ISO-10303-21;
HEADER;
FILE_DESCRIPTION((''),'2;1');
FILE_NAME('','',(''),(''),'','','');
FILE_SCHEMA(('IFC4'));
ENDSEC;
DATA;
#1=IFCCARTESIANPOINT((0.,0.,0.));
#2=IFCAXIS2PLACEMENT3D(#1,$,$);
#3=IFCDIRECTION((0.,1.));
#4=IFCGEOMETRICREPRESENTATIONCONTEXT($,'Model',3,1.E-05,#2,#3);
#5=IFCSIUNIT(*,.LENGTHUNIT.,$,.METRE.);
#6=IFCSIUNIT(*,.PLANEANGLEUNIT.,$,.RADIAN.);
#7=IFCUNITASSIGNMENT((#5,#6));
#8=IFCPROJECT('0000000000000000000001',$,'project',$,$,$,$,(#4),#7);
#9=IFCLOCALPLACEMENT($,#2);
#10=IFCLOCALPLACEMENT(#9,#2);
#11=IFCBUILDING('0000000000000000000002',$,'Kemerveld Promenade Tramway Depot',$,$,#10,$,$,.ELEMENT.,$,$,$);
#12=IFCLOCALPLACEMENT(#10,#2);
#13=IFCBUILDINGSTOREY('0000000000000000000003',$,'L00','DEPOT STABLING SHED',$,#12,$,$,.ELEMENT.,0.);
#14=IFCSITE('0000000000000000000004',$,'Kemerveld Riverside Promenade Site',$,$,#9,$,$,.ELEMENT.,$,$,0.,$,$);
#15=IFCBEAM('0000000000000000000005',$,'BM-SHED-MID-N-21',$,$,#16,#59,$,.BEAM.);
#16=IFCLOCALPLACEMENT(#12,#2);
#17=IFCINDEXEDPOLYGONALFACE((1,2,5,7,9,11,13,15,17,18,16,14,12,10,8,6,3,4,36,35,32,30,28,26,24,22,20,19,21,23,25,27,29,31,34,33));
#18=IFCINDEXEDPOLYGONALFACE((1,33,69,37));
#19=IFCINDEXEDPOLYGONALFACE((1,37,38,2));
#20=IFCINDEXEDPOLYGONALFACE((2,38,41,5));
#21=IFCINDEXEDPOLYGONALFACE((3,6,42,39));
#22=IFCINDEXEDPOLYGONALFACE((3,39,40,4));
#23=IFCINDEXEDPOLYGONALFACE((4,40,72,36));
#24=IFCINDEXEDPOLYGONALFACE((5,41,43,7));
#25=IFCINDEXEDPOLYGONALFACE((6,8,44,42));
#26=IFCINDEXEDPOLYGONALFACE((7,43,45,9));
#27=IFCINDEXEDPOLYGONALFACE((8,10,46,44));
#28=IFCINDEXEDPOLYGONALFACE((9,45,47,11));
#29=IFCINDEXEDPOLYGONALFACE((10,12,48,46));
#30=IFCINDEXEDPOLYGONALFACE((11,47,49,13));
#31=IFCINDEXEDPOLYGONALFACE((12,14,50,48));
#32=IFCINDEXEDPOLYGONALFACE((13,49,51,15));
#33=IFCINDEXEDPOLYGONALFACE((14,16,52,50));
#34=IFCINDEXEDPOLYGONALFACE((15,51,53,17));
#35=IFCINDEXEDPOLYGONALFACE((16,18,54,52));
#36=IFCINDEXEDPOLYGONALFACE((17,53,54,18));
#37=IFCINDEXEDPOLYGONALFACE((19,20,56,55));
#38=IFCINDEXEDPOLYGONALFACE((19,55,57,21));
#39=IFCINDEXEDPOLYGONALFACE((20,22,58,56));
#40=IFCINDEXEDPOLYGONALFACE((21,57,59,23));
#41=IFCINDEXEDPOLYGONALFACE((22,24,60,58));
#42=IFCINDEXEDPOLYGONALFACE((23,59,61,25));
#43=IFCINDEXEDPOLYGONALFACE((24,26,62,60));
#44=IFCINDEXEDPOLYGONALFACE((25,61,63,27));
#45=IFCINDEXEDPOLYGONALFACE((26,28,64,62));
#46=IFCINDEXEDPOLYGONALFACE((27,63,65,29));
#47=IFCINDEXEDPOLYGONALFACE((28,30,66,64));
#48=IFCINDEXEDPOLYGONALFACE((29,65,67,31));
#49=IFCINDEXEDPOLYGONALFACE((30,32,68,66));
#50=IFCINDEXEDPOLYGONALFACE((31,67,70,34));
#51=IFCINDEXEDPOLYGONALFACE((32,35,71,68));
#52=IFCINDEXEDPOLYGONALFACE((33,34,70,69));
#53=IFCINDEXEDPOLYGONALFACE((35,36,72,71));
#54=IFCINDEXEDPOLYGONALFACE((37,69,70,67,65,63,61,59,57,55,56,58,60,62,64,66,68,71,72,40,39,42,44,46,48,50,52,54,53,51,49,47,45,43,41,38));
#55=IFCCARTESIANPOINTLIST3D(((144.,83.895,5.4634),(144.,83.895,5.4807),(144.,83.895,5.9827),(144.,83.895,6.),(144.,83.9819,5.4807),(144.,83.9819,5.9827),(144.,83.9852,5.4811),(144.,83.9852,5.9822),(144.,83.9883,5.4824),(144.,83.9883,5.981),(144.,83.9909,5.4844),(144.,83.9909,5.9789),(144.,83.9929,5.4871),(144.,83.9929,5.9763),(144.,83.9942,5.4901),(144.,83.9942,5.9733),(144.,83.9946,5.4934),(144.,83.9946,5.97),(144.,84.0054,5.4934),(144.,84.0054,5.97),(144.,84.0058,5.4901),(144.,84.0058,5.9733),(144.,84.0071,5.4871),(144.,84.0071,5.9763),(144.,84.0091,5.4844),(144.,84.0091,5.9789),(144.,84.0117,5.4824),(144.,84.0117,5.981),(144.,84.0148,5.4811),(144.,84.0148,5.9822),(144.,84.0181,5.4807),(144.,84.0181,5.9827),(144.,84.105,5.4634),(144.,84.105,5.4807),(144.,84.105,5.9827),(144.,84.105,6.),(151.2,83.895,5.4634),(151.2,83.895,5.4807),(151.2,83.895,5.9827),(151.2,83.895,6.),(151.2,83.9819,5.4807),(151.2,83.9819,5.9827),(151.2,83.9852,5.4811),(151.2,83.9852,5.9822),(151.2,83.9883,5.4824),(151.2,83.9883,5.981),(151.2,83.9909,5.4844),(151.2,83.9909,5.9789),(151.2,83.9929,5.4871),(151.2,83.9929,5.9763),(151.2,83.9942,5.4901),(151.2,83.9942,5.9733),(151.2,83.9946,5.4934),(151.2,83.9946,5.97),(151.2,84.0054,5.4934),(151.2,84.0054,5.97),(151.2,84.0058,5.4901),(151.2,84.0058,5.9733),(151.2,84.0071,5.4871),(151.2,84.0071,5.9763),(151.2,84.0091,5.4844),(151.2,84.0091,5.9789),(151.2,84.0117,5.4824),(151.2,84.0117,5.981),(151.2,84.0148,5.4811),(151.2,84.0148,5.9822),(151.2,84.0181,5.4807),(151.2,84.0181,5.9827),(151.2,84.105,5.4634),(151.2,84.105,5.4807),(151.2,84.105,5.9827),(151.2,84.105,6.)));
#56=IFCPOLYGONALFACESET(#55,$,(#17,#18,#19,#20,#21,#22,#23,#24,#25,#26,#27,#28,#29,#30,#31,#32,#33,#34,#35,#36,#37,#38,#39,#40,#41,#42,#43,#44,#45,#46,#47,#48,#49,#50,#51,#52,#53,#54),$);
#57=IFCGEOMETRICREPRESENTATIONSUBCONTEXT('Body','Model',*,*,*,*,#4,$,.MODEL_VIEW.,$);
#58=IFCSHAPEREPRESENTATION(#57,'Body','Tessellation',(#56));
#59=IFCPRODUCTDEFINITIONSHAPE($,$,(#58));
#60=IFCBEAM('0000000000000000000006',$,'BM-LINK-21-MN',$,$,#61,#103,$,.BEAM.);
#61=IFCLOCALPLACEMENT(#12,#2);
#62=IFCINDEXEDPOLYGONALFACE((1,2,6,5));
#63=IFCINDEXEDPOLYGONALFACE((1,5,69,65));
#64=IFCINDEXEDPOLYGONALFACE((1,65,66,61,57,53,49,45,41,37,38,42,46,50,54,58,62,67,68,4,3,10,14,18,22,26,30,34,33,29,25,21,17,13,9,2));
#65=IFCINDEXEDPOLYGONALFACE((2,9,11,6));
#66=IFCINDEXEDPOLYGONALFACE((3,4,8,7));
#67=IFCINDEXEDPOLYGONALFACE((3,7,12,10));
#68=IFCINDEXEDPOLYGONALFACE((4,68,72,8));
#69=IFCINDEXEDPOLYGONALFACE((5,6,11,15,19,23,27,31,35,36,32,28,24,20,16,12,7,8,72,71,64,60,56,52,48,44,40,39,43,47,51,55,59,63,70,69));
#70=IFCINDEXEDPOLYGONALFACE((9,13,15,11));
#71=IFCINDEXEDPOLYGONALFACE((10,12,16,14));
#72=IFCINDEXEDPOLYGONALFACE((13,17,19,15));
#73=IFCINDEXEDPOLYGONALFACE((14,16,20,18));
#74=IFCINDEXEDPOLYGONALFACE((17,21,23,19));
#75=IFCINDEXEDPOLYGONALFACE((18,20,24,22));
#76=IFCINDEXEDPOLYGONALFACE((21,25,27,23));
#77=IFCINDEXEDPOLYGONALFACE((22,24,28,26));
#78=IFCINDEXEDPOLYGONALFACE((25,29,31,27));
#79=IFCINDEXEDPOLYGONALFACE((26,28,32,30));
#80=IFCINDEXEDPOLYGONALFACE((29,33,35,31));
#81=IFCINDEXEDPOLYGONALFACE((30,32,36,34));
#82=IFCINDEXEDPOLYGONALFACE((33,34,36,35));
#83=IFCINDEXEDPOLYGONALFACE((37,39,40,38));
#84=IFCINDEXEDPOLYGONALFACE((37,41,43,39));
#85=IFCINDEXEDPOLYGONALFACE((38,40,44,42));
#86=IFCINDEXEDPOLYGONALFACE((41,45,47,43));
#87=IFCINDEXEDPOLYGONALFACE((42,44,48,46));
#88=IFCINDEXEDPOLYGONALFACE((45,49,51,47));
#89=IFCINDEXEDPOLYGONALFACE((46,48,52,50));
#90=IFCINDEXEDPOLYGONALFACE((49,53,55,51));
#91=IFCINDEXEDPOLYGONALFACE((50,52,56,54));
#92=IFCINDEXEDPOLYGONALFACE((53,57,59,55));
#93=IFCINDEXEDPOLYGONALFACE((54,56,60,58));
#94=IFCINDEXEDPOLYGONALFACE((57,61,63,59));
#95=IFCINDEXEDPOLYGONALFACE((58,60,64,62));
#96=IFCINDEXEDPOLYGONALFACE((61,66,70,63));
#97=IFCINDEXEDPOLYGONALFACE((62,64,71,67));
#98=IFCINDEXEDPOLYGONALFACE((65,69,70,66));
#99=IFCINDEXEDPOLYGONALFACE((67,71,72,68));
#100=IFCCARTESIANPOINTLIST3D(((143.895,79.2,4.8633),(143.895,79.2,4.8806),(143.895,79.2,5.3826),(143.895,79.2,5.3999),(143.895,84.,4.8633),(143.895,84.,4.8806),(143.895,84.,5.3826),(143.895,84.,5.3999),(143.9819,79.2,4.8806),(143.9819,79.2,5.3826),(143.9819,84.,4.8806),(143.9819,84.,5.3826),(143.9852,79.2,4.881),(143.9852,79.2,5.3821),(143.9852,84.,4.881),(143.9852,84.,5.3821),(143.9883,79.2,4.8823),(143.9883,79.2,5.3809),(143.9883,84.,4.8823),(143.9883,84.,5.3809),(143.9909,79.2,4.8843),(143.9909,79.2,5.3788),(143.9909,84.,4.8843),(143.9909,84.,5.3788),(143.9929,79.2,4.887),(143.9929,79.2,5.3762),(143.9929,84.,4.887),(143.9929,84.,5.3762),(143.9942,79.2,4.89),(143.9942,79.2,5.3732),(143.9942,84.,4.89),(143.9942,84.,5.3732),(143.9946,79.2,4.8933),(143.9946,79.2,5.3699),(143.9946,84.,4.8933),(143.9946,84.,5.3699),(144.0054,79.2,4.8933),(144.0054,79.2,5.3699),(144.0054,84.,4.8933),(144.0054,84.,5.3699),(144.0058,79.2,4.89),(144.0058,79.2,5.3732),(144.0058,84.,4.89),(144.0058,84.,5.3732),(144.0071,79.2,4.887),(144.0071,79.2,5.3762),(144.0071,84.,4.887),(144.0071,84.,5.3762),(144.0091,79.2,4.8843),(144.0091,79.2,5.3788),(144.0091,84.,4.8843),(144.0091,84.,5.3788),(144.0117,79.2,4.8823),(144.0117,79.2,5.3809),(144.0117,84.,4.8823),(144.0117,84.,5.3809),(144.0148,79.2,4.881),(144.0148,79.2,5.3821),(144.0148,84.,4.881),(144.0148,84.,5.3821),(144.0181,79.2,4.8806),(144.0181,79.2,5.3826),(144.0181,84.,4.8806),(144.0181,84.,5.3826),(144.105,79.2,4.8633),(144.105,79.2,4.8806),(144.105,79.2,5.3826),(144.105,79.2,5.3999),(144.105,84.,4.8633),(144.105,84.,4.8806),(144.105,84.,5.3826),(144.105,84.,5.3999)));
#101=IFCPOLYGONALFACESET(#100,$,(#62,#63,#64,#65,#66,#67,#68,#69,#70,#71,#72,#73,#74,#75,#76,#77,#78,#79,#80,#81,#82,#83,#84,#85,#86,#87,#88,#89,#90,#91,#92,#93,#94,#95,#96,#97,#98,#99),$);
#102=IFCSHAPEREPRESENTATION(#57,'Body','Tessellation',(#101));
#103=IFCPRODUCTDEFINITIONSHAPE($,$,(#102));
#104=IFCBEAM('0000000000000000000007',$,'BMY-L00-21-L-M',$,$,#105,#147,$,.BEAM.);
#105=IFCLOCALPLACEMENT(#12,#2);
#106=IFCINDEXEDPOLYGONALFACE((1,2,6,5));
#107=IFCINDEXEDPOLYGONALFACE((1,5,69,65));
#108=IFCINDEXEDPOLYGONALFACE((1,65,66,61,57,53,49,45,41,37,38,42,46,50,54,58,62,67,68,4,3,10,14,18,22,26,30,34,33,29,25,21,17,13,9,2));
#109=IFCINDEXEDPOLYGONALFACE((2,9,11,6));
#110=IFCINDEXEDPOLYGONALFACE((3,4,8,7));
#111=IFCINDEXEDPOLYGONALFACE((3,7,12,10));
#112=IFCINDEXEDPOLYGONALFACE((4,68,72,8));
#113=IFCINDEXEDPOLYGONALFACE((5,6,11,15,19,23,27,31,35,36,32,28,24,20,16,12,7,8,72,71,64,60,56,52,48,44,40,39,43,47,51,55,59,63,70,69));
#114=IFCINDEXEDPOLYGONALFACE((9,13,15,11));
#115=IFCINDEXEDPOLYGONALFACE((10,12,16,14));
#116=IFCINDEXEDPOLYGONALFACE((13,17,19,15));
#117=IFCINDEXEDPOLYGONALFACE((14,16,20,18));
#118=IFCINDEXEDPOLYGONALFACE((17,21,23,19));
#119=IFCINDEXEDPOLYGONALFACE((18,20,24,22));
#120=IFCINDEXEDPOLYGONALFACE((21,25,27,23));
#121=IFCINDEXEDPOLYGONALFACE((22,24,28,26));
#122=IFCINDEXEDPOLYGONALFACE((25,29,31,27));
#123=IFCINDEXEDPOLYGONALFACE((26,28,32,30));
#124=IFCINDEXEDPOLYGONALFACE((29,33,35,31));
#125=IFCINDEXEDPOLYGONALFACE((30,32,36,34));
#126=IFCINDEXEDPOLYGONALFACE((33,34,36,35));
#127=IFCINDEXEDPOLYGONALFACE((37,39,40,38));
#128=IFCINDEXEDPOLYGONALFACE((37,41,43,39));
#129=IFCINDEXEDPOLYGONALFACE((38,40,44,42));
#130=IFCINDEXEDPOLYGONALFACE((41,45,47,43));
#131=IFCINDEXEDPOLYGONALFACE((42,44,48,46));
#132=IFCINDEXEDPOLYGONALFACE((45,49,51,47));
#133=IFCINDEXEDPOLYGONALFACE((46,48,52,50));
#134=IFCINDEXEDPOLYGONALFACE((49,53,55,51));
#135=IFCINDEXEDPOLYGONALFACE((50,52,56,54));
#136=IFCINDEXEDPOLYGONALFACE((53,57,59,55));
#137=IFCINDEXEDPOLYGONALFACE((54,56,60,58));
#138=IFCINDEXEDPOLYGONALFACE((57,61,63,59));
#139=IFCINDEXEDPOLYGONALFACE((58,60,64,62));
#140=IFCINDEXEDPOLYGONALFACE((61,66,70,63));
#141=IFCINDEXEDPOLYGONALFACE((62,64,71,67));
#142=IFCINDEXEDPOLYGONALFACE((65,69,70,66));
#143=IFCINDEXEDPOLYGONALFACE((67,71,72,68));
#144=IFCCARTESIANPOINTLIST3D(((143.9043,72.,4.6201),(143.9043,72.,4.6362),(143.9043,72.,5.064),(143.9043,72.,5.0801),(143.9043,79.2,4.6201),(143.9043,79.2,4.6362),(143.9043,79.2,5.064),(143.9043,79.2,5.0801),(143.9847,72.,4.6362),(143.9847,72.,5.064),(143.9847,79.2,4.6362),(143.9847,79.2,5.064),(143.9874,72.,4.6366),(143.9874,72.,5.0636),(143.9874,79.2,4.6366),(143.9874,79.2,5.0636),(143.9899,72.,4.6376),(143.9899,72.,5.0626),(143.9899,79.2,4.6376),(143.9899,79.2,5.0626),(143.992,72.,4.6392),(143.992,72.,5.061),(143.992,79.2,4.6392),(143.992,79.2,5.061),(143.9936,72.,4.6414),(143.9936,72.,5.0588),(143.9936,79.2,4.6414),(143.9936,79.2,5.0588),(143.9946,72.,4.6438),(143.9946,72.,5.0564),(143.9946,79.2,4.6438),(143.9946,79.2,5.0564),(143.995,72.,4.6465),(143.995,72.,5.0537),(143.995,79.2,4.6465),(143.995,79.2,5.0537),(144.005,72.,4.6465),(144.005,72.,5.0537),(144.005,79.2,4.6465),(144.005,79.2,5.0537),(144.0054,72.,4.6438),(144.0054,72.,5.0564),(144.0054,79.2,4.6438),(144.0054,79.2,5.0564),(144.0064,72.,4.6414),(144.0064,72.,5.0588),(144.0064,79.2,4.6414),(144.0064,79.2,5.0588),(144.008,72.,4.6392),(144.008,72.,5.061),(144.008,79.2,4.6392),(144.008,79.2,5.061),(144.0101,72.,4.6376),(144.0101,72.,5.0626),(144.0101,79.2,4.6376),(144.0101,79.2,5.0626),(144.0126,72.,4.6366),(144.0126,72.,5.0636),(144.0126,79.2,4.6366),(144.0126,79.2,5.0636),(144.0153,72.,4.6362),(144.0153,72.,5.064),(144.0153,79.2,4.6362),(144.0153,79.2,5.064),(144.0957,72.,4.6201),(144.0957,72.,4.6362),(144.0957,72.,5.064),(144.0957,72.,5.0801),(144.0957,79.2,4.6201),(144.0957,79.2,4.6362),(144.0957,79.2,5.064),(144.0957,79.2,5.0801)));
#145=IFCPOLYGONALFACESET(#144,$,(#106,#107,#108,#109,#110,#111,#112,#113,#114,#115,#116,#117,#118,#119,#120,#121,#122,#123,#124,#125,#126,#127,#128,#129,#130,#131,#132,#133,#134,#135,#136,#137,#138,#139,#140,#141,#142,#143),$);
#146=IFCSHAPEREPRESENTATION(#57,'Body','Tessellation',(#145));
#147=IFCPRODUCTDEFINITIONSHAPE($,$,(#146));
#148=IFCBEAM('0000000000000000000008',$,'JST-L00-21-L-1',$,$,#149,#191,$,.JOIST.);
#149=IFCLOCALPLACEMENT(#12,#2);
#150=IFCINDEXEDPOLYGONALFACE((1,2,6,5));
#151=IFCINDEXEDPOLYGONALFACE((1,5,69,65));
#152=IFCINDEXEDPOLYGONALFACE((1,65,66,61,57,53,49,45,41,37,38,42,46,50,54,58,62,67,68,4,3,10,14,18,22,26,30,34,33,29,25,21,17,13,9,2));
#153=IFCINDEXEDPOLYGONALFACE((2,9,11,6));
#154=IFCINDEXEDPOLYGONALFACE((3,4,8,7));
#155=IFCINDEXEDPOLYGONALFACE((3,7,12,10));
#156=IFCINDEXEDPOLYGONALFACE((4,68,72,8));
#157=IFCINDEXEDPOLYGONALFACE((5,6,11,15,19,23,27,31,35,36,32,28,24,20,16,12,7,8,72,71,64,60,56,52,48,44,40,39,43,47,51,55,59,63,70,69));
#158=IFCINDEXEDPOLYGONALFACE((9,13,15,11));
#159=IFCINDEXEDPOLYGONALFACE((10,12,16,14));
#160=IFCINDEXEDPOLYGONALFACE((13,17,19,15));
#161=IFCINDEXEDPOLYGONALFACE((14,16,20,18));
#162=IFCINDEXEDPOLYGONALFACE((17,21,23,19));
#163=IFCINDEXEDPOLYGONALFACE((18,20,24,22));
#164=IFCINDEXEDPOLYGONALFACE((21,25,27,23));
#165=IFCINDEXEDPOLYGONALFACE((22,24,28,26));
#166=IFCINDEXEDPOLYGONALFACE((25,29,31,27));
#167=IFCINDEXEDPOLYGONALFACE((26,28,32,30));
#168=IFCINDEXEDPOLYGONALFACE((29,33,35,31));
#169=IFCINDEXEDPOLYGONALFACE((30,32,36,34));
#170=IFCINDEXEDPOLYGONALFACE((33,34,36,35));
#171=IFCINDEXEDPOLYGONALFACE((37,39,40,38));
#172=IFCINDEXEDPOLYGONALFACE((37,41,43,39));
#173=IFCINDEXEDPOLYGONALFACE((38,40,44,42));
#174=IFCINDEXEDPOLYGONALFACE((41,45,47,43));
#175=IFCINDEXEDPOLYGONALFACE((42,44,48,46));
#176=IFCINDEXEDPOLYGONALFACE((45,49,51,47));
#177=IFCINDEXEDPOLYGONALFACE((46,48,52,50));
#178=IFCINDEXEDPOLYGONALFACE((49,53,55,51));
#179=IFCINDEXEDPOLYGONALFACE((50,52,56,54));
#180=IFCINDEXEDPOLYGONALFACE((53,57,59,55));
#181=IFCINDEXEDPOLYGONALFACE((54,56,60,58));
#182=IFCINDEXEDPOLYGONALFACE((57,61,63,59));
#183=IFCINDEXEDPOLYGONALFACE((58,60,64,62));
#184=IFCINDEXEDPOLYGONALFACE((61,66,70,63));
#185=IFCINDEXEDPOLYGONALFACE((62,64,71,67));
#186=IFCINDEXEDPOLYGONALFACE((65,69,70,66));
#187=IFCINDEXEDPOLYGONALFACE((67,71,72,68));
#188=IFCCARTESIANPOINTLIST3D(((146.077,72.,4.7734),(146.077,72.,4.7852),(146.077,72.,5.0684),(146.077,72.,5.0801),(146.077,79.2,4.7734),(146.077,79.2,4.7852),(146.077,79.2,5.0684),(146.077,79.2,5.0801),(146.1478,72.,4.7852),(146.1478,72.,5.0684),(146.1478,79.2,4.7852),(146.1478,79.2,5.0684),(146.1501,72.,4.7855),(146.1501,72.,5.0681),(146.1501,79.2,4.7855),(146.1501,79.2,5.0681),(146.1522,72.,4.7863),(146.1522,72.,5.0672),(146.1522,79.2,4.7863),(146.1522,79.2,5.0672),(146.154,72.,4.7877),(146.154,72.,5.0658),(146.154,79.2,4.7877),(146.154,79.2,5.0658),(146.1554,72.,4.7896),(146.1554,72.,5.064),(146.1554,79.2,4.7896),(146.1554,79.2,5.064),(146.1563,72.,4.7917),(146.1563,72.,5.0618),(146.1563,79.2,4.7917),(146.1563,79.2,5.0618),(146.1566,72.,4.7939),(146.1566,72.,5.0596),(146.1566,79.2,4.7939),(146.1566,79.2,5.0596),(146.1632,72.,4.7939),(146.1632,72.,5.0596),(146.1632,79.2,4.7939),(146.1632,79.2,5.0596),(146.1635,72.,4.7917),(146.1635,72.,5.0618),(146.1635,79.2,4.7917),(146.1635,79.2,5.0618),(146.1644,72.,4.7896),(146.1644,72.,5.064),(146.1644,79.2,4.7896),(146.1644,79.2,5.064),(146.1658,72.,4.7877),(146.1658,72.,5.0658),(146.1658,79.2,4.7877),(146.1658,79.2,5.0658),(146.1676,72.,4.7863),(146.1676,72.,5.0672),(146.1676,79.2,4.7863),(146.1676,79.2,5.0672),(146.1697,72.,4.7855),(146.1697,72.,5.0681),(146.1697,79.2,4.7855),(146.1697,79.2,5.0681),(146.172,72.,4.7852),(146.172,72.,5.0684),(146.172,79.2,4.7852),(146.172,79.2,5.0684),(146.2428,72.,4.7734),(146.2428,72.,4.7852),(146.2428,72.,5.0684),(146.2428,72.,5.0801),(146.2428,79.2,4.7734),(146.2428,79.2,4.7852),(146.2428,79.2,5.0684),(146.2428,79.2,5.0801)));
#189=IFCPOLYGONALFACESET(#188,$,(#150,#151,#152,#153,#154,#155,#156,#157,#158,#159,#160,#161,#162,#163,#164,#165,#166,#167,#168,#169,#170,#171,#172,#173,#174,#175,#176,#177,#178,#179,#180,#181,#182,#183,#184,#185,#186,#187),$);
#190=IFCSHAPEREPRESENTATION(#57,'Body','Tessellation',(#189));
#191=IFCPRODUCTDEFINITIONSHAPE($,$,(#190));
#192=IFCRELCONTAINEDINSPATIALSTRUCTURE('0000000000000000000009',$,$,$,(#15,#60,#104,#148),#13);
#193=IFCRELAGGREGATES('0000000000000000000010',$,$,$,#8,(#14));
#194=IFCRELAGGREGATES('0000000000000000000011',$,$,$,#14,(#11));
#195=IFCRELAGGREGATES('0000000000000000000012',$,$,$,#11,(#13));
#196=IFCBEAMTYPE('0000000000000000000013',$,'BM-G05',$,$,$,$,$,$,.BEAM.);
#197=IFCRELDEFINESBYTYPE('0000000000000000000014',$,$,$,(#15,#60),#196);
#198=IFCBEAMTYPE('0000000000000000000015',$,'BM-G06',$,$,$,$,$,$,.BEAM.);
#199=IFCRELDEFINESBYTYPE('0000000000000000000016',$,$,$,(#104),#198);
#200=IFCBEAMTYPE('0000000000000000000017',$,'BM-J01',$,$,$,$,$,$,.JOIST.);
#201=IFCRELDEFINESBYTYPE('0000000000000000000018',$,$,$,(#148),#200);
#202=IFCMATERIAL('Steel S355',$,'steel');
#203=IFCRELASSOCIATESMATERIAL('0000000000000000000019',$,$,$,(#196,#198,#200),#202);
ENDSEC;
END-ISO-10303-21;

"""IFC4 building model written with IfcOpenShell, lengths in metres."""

from ifc_helpers import new_model, si_unit, direction, frame, origin, origin_2d, place, context, subcontext, project, spatial, i_section, extrude, material, material_profile, profile_set, type_object, element, save


model = new_model("IFC4")

# Units and contexts
model_context = context("Model", 3, precision=1e-05, world=origin(), true_north=direction((0.0, 1.0)))
body_context = subcontext(model_context, "Body", "Model", "MODEL_VIEW")
ifc_project = project(units=[si_unit("LENGTHUNIT", "METRE"), si_unit("PLANEANGLEUNIT", "RADIAN")], contexts=[model_context])

# Site, building, storey
site_placement = place(None, origin())
site = spatial("IfcSite", under=ifc_project, at=site_placement, Name="Kemerveld Riverside Promenade Site", CompositionType="ELEMENT", RefElevation=0.0)
building_placement = place(site_placement, origin())
building = spatial("IfcBuilding", under=site, at=building_placement, Name="Kemerveld Promenade Tramway Depot", CompositionType="ELEMENT")
storey_placement = place(building_placement, origin())
storey = spatial("IfcBuildingStorey", under=building, at=storey_placement, Name="L00", Description="DEPOT STABLING SHED", CompositionType="ELEMENT", Elevation=0.0)

# Shared definitions
ifc_material_1 = material(Name="Steel S355", Category="steel")

# Beams
ifc_material_profile_1 = material_profile(ifc_material_1, i_section(OverallWidth=0.21, OverallDepth=0.5366, WebThickness=0.0107, FlangeThickness=0.0173, FilletRadius=0.0127, at=origin_2d()), Name="533x210x101 UB")
ifc_profile_set_1 = profile_set([ifc_material_profile_1], Name="Steel S355")
beam_type_1 = type_object("IfcBeamType", Name="BM-G05", PredefinedType="BEAM", material=ifc_profile_set_1)
for number, where, z_axis, x_axis, name in (
    (1, (144.0, 84.0, 5.7317), (1.0, 0.0, 0.0), (0.0, 1.0, 0.0), "BM-SHED-MID-N-21"),
):
    element("IfcBeam", number, at=place(storey_placement, frame(where, z_axis=z_axis, x_axis=x_axis)), inside=storey, type_object=beam_type_1, Name=name, PredefinedType="BEAM", context=body_context, shape_type="SweptSolid", body=[
        extrude(i_section(OverallWidth=0.21, OverallDepth=0.5366, WebThickness=0.0107, FlangeThickness=0.0173, FilletRadius=0.0127, at=origin_2d()), origin(), (0.0, 0.0, 1.0), 7.2),
    ])
beam_1_placement = place(storey_placement, frame((144.0, 79.2, 5.1316), z_axis=(0.0, 1.0, 0.0), x_axis=(-1.0, 0.0, 0.0)))
element("IfcBeam", 2, at=beam_1_placement, inside=storey, type_object=beam_type_1, Name="BM-LINK-21-MN", PredefinedType="BEAM", context=body_context, shape_type="SweptSolid", body=[
    extrude(i_section(OverallWidth=0.21, OverallDepth=0.5366, WebThickness=0.0107, FlangeThickness=0.0173, FilletRadius=0.0127, at=origin_2d()), origin(), (0.0, 0.0, 1.0), 4.8),
])
ifc_material_profile_2 = material_profile(ifc_material_1, i_section(OverallWidth=0.1914, OverallDepth=0.46, WebThickness=0.01, FlangeThickness=0.0161, FilletRadius=0.0103, at=origin_2d()), Name="457x191x82 UB")
ifc_profile_set_2 = profile_set([ifc_material_profile_2], Name="Steel S355")
beam_type_2 = type_object("IfcBeamType", Name="BM-G06", PredefinedType="BEAM", material=ifc_profile_set_2)
beam_2_placement = place(storey_placement, frame((144.0, 72.0, 4.8501), z_axis=(0.0, 1.0, 0.0), x_axis=(-1.0, 0.0, 0.0)))
element("IfcBeam", 3, at=beam_2_placement, inside=storey, type_object=beam_type_2, Name="BMY-L00-21-L-M", PredefinedType="BEAM", context=body_context, shape_type="SweptSolid", body=[
    extrude(i_section(OverallWidth=0.1914, OverallDepth=0.46, WebThickness=0.01, FlangeThickness=0.0161, FilletRadius=0.0103, at=origin_2d()), origin(), (0.0, 0.0, 1.0), 7.2),
])
ifc_material_profile_3 = material_profile(ifc_material_1, i_section(OverallWidth=0.1658, OverallDepth=0.3066, WebThickness=0.0066, FlangeThickness=0.0117, FilletRadius=0.0088, at=origin_2d()), Name="305x165x46 UB")
ifc_profile_set_3 = profile_set([ifc_material_profile_3], Name="Steel S355")
beam_type_3 = type_object("IfcBeamType", Name="BM-J01", PredefinedType="JOIST", material=ifc_profile_set_3)
for number, where, z_axis, x_axis, name in (
    (4, (146.1599, 72.0, 4.9268), (0.0, 1.0, 0.0), (-1.0, 0.0, 0.0), "JST-L00-21-L-1"),
):
    element("IfcBeam", number, at=place(storey_placement, frame(where, z_axis=z_axis, x_axis=x_axis)), inside=storey, type_object=beam_type_3, Name=name, PredefinedType="JOIST", context=body_context, shape_type="SweptSolid", body=[
        extrude(i_section(OverallWidth=0.1658, OverallDepth=0.3066, WebThickness=0.0066, FlangeThickness=0.0117, FilletRadius=0.0088, at=origin_2d()), origin(), (0.0, 0.0, 1.0), 7.2),
    ])

save(model, "model.ifc")
